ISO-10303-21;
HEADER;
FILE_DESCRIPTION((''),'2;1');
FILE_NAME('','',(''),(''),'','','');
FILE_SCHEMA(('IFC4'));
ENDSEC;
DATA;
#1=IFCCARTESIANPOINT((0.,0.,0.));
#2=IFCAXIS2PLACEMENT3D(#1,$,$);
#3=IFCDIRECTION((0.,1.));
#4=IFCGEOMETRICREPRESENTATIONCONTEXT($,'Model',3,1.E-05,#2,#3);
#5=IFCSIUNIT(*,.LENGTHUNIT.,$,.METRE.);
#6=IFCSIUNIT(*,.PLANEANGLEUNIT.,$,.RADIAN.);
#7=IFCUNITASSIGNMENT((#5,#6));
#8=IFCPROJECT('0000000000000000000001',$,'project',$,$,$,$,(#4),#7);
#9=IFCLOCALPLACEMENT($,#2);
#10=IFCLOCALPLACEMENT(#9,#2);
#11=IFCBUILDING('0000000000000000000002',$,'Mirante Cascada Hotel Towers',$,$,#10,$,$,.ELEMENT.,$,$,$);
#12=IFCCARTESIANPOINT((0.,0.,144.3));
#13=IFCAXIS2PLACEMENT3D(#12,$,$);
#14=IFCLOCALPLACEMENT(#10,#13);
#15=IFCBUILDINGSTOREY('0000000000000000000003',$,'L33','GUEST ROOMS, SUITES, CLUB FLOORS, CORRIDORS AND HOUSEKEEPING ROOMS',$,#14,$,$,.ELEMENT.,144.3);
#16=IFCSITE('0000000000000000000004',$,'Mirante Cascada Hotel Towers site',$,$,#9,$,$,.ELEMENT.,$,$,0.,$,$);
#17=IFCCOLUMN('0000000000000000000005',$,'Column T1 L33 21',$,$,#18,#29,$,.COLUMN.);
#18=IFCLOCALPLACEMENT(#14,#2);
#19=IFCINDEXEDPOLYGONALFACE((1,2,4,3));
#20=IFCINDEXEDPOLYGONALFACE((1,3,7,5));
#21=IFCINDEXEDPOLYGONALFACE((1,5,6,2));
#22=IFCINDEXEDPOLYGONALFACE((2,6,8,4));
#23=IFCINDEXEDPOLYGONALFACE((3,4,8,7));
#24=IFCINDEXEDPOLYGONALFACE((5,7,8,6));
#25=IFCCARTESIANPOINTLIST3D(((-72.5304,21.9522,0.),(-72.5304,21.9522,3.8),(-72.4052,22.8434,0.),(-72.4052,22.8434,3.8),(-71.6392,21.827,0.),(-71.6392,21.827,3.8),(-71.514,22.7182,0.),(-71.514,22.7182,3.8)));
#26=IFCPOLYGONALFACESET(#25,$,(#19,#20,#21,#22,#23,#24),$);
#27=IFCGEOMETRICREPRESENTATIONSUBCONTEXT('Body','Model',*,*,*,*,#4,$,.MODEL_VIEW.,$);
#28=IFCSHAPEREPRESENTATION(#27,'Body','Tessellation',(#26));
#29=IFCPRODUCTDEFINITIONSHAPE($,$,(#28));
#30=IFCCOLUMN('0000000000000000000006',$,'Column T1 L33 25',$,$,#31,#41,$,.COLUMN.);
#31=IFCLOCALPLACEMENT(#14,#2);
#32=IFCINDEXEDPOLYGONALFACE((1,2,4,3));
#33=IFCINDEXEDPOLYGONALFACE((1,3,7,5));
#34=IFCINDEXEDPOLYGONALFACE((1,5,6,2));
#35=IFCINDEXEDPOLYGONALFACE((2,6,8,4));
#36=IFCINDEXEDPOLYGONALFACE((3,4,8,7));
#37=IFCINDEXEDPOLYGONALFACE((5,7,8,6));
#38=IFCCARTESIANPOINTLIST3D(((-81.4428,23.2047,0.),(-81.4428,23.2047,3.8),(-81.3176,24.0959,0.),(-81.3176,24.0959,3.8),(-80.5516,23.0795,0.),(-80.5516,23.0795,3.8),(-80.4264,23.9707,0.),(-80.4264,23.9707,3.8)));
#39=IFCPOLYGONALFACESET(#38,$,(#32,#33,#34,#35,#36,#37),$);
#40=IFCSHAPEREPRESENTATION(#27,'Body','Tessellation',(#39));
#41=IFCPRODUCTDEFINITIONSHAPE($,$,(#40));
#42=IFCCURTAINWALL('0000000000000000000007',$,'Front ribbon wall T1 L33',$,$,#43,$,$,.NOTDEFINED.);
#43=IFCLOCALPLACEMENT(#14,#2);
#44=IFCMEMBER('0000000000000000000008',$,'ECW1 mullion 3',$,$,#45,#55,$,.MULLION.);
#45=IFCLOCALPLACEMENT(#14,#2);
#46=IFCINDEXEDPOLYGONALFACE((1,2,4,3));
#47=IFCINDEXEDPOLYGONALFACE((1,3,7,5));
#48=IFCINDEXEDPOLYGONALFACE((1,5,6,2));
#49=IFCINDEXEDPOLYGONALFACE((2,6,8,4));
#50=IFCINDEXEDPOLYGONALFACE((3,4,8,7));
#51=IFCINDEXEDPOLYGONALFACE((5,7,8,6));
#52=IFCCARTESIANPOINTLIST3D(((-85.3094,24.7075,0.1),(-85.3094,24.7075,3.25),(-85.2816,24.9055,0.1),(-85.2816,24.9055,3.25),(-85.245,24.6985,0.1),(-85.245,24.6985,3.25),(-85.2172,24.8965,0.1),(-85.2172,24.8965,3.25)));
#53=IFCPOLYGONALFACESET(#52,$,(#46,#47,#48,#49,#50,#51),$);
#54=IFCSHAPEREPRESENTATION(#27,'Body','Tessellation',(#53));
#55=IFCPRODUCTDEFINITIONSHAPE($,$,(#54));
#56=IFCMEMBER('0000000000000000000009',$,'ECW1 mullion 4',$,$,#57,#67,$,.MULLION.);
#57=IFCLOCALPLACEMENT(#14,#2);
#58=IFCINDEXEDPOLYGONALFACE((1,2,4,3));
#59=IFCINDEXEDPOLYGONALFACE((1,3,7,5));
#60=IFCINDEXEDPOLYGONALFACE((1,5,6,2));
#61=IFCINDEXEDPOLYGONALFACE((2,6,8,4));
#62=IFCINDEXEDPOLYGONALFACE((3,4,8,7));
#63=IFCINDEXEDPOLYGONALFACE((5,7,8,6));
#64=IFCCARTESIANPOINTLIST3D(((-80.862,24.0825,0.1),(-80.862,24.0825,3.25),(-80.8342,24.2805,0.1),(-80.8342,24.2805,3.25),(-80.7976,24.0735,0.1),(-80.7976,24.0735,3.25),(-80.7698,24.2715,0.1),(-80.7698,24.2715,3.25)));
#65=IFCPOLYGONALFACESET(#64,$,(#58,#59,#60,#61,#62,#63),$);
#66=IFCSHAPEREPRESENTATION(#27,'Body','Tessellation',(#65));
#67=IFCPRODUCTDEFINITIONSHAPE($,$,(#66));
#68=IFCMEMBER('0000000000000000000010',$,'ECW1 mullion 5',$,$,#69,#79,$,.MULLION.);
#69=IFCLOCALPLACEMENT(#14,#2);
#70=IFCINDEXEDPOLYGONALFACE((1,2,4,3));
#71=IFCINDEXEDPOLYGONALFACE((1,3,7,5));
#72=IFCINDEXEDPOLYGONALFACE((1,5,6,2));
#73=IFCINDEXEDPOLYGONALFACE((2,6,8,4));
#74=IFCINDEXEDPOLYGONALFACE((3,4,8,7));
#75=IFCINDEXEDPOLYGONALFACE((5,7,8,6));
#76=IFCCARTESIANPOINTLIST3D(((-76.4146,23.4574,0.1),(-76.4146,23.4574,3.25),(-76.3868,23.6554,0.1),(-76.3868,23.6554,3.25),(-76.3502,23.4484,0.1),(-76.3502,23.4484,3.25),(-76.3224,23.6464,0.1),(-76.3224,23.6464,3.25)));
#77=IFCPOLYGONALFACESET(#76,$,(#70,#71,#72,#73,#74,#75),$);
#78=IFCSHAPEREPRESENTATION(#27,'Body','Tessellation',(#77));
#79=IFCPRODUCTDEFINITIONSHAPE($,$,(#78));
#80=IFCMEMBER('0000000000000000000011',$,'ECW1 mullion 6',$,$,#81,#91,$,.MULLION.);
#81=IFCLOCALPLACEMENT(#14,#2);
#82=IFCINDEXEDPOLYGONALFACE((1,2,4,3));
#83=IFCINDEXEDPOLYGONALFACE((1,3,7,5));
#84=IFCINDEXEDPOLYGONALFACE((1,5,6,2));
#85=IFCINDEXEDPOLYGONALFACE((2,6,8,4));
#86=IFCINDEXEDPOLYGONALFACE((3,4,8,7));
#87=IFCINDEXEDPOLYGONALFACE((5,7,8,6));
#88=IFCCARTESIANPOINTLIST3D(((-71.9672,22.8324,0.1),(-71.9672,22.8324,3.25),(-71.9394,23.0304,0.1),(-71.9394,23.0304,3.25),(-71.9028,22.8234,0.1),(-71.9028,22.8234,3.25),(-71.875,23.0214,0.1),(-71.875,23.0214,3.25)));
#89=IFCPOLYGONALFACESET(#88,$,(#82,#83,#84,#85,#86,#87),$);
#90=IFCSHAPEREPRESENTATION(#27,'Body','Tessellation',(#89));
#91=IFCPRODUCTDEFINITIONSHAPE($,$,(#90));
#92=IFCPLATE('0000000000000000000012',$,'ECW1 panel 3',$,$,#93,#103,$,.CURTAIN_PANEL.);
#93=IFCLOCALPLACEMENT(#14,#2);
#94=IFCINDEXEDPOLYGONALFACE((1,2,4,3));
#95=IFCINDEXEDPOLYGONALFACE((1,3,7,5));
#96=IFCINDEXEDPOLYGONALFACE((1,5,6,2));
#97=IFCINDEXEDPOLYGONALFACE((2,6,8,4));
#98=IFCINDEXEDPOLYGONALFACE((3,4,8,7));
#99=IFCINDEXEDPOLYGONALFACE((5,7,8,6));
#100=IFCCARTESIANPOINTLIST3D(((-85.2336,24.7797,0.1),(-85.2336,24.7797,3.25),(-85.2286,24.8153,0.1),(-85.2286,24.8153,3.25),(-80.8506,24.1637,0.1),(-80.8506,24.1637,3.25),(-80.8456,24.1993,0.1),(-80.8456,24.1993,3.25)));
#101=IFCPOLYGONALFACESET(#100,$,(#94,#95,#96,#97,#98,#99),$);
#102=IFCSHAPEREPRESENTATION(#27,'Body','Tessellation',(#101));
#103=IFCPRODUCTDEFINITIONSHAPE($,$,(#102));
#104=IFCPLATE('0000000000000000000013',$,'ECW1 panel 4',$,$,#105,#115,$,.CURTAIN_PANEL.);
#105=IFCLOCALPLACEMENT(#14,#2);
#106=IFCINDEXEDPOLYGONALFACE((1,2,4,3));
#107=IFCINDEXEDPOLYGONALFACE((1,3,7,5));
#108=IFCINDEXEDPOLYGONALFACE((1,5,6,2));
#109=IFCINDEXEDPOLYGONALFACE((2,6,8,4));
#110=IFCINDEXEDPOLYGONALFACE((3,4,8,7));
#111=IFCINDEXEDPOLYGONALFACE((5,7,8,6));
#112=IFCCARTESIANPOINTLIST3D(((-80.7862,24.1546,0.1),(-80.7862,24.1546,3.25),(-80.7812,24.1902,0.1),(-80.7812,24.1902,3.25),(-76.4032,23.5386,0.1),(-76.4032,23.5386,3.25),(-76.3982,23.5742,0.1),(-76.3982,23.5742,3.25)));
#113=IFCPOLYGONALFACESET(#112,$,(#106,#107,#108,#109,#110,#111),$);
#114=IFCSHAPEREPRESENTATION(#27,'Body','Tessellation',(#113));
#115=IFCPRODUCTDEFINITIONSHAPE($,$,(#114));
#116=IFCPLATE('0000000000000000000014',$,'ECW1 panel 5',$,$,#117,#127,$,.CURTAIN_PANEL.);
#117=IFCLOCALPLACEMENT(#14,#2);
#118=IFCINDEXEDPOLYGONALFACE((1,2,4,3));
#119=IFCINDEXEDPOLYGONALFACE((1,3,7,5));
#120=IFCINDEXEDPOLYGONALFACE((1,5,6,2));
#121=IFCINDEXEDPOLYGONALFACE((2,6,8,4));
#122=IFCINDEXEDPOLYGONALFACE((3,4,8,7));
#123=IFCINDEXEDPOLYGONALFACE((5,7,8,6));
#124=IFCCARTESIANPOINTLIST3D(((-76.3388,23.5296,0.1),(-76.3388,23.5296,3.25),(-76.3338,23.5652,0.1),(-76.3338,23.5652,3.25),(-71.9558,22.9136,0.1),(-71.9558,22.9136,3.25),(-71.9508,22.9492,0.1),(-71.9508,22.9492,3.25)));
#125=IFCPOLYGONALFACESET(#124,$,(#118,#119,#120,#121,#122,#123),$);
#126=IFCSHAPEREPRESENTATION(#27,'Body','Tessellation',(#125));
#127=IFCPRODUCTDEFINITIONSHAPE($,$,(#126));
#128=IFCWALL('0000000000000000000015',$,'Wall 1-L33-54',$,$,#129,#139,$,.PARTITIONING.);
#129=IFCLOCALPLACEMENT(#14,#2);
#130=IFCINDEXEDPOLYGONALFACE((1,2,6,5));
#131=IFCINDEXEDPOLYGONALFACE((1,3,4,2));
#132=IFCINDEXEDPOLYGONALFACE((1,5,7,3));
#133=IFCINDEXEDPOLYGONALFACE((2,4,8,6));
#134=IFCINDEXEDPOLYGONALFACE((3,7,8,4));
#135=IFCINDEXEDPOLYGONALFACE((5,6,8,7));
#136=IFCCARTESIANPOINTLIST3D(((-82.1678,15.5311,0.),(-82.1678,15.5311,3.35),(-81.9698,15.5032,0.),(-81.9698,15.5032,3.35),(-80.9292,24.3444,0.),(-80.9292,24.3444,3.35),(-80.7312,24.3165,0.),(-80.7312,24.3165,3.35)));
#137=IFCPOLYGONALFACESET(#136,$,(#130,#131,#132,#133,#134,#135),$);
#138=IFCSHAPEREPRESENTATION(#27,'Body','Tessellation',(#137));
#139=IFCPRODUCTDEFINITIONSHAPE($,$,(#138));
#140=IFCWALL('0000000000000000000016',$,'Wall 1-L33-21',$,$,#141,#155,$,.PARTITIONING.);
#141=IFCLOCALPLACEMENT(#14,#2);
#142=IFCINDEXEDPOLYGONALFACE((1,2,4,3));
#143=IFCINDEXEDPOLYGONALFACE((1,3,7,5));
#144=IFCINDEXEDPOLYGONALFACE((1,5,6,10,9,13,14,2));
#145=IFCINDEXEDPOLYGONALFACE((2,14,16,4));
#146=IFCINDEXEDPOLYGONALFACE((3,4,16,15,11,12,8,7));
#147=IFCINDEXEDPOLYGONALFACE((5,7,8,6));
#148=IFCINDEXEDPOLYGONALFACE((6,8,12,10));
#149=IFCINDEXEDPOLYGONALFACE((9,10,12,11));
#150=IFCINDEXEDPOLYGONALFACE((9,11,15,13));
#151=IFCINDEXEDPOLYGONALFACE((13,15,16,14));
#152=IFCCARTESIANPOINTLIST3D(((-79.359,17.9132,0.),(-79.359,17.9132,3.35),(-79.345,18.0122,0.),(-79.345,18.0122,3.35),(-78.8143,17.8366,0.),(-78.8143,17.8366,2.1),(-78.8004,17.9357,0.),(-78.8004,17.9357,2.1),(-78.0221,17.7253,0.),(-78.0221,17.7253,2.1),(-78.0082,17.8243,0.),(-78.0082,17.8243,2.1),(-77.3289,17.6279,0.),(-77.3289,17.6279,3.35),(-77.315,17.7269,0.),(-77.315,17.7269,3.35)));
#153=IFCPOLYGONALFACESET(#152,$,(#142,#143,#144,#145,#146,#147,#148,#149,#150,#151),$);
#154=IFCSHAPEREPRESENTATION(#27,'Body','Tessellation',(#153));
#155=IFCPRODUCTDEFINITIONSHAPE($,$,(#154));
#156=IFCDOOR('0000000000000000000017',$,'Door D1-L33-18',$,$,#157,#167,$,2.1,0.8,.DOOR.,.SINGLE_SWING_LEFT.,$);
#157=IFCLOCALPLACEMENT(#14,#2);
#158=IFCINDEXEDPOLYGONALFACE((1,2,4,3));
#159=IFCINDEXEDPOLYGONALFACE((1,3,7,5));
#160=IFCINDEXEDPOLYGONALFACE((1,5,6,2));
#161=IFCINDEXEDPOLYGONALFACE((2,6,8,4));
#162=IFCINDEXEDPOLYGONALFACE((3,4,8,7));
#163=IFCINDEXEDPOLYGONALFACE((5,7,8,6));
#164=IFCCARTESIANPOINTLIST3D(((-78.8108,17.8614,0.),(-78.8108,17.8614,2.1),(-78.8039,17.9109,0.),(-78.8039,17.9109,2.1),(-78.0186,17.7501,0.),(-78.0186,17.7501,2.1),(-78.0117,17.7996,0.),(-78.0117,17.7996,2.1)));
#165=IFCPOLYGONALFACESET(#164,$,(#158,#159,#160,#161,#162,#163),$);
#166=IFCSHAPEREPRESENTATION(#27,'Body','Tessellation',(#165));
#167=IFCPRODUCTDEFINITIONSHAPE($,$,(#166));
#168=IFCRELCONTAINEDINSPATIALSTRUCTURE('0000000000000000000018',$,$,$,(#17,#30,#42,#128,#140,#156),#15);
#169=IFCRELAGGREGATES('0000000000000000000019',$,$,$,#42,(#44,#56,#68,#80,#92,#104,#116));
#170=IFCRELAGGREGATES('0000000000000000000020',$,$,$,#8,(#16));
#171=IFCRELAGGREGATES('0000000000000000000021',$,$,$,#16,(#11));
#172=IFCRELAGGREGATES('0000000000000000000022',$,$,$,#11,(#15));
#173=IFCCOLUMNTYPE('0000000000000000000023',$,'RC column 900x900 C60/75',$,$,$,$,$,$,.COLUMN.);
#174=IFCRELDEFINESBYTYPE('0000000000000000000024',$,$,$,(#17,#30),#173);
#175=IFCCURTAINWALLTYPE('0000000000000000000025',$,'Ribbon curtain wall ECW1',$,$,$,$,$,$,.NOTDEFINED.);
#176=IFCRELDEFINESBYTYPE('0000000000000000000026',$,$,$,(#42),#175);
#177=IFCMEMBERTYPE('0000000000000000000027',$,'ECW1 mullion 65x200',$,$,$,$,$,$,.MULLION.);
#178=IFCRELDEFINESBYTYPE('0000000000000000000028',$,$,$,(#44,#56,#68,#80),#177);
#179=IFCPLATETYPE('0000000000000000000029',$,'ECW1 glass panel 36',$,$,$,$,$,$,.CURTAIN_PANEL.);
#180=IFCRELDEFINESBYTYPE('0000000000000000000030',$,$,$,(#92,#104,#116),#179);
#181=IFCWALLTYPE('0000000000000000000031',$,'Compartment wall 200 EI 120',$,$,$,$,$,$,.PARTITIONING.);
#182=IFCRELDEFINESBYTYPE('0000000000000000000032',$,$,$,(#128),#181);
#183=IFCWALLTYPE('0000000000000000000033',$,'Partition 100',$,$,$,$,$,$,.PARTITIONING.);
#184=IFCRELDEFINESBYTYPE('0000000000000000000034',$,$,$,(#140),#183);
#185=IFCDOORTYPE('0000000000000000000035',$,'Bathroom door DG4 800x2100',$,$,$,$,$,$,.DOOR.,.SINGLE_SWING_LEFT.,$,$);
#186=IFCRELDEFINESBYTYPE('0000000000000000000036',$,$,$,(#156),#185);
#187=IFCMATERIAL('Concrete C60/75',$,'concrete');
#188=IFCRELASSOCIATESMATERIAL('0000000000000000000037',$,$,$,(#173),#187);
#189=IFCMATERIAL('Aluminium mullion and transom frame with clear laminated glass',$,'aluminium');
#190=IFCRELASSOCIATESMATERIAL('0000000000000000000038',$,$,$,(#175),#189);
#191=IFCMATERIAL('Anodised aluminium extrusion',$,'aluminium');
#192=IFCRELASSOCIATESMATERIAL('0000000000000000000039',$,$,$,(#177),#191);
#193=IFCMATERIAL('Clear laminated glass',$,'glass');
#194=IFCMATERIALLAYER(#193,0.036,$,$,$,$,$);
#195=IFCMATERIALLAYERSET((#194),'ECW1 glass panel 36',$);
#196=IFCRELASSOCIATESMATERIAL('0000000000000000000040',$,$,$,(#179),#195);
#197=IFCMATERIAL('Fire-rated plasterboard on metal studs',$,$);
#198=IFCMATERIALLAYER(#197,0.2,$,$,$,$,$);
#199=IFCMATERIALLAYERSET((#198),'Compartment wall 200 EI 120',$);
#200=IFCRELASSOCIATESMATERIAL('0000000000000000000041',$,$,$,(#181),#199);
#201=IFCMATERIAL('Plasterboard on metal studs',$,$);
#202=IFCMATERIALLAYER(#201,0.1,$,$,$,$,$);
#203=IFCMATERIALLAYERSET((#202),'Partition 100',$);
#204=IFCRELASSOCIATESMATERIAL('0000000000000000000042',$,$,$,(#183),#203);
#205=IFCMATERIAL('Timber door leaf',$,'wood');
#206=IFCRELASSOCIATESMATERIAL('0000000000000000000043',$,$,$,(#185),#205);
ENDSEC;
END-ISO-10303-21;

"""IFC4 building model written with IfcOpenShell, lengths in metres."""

from ifc_helpers import new_model, si_unit, direction, frame, frame_2d, origin, origin_2d, place, context, subcontext, project, spatial, rectangle, extrude, material, layer, layer_set, material_profile, profile_set, type_object, element, fill, aggregate, save


model = new_model("IFC4")

# Units and contexts
model_context = context("Model", 3, precision=1e-05, world=origin(), true_north=direction((0.0, 1.0)))
body_context = subcontext(model_context, "Body", "Model", "MODEL_VIEW")
ifc_project = project(units=[si_unit("LENGTHUNIT", "METRE"), si_unit("PLANEANGLEUNIT", "RADIAN")], contexts=[model_context])

# Site, building, storey
site_placement = place(None, origin())
site = spatial("IfcSite", under=ifc_project, at=site_placement, Name="Mirante Cascada Hotel Towers site", CompositionType="ELEMENT", RefElevation=0.0)
building_placement = place(site_placement, origin())
building = spatial("IfcBuilding", under=site, at=building_placement, Name="Mirante Cascada Hotel Towers", CompositionType="ELEMENT")
storey_placement = place(building_placement, frame((0.0, 0.0, 144.3)))
storey = spatial("IfcBuildingStorey", under=building, at=storey_placement, Name="L33", Description="GUEST ROOMS, SUITES, CLUB FLOORS, CORRIDORS AND HOUSEKEEPING ROOMS", CompositionType="ELEMENT", Elevation=144.3)

# Columns
ifc_material_1 = material(Name="Concrete C60/75", Category="concrete")
ifc_material_profile_1 = material_profile(ifc_material_1, rectangle(XDim=0.9, YDim=0.9, at=origin_2d()), Name="RC column 900x900 C60/75")
ifc_profile_set_1 = profile_set([ifc_material_profile_1], Name="Concrete C60/75")
column_type = type_object("IfcColumnType", Name="RC column 900x900 C60/75", PredefinedType="COLUMN", material=ifc_profile_set_1)
for number, where, z_axis, x_axis, name in (
    (1, (-72.0222, 22.3352, 0.0), (0.0, 0.0, 1.0), (-0.990268, 0.139173, 0.0), "Column T1 L33 21"),
    (2, (-80.9346, 23.5877, 0.0), (0.0, 0.0, 1.0), (-0.990268, 0.139173, 0.0), "Column T1 L33 25"),
):
    element("IfcColumn", number, at=place(storey_placement, frame(where, z_axis=z_axis, x_axis=x_axis)), inside=storey, type_object=column_type, Name=name, PredefinedType="COLUMN", context=body_context, shape_type="SweptSolid", body=[
        extrude(rectangle(XDim=0.9, YDim=0.9, at=origin_2d()), origin(), (0.0, 0.0, 1.0), 3.8),
    ])

# Curtain wall, members, plates
ifc_material_2 = material(Name="Aluminium mullion and transom frame with clear laminated glass", Category="aluminium")
curtain_wall_type = type_object("IfcCurtainWallType", Name="Ribbon curtain wall ECW1", PredefinedType="NOTDEFINED", material=ifc_material_2)
curtain_wall_placement = place(storey_placement, origin())
curtain_wall = element("IfcCurtainWall", 3, at=curtain_wall_placement, inside=storey, type_object=curtain_wall_type, Name="Front ribbon wall T1 L33", PredefinedType="NOTDEFINED")
ifc_material_3 = material(Name="Anodised aluminium extrusion", Category="aluminium")
ifc_material_profile_2 = material_profile(ifc_material_3, rectangle(XDim=0.2, YDim=0.065, at=origin_2d()), Name="ECW1 MULLION 65x200")
ifc_profile_set_2 = profile_set([ifc_material_profile_2], Name="Anodised aluminium extrusion")
member_type = type_object("IfcMemberType", Name="ECW1 mullion 65x200", PredefinedType="MULLION", material=ifc_profile_set_2)
member_1_placement = place(storey_placement, frame((-85.2633, 24.802, 0.1), z_axis=(0.0, 0.0, 1.0), x_axis=(0.139173, 0.990268, 0.0)))
member_1 = element("IfcMember", 4, at=member_1_placement, type_object=member_type, Name="ECW1 mullion 3", PredefinedType="MULLION", context=body_context, shape_type="SweptSolid", body=[
    extrude(rectangle(XDim=0.2, YDim=0.065, at=origin_2d()), origin(), (0.0, 0.0, 1.0), 3.15),
])
member_2_placement = place(storey_placement, frame((-80.8159, 24.177, 0.1), z_axis=(0.0, 0.0, 1.0), x_axis=(0.139173, 0.990268, 0.0)))
member_2 = element("IfcMember", 5, at=member_2_placement, type_object=member_type, Name="ECW1 mullion 4", PredefinedType="MULLION", context=body_context, shape_type="SweptSolid", body=[
    extrude(rectangle(XDim=0.2, YDim=0.065, at=origin_2d()), origin(), (0.0, 0.0, 1.0), 3.15),
])
member_3_placement = place(storey_placement, frame((-76.3685, 23.5519, 0.1), z_axis=(0.0, 0.0, 1.0), x_axis=(0.139173, 0.990268, 0.0)))
member_3 = element("IfcMember", 6, at=member_3_placement, type_object=member_type, Name="ECW1 mullion 5", PredefinedType="MULLION", context=body_context, shape_type="SweptSolid", body=[
    extrude(rectangle(XDim=0.2, YDim=0.065, at=origin_2d()), origin(), (0.0, 0.0, 1.0), 3.15),
])
member_4_placement = place(storey_placement, frame((-71.9211, 22.9269, 0.1), z_axis=(0.0, 0.0, 1.0), x_axis=(0.139173, 0.990268, 0.0)))
member_4 = element("IfcMember", 7, at=member_4_placement, type_object=member_type, Name="ECW1 mullion 6", PredefinedType="MULLION", context=body_context, shape_type="SweptSolid", body=[
    extrude(rectangle(XDim=0.2, YDim=0.065, at=origin_2d()), origin(), (0.0, 0.0, 1.0), 3.15),
])
ifc_material_4 = material(Name="Clear laminated glass", Category="glass")
ifc_layer_1 = layer(ifc_material_4, 0.036)
ifc_layer_set_1 = layer_set([ifc_layer_1], Name="ECW1 glass panel 36")
plate_type = type_object("IfcPlateType", Name="ECW1 glass panel 36", PredefinedType="CURTAIN_PANEL", material=ifc_layer_set_1)
plate_1_placement = place(storey_placement, frame((-83.0396, 24.4895, 0.1), z_axis=(0.0, 0.0, 1.0), x_axis=(0.990268, -0.139173, 0.0)))
plate_1 = element("IfcPlate", 8, at=plate_1_placement, type_object=plate_type, Name="ECW1 panel 3", PredefinedType="CURTAIN_PANEL", context=body_context, shape_type="SweptSolid", body=[
    extrude(rectangle(XDim=4.4261, YDim=0.036, at=origin_2d()), origin(), (0.0, 0.0, 1.0), 3.15),
])
plate_2_placement = place(storey_placement, frame((-78.5922, 23.8644, 0.1), z_axis=(0.0, 0.0, 1.0), x_axis=(0.990268, -0.139173, 0.0)))
plate_2 = element("IfcPlate", 9, at=plate_2_placement, type_object=plate_type, Name="ECW1 panel 4", PredefinedType="CURTAIN_PANEL", context=body_context, shape_type="SweptSolid", body=[
    extrude(rectangle(XDim=4.4261, YDim=0.036, at=origin_2d()), origin(), (0.0, 0.0, 1.0), 3.15),
])
plate_3_placement = place(storey_placement, frame((-74.1448, 23.2394, 0.1), z_axis=(0.0, 0.0, 1.0), x_axis=(0.990268, -0.139173, 0.0)))
plate_3 = element("IfcPlate", 10, at=plate_3_placement, type_object=plate_type, Name="ECW1 panel 5", PredefinedType="CURTAIN_PANEL", context=body_context, shape_type="SweptSolid", body=[
    extrude(rectangle(XDim=4.4261, YDim=0.036, at=origin_2d()), origin(), (0.0, 0.0, 1.0), 3.15),
])
aggregate(curtain_wall, [member_1, member_2, member_3, member_4, plate_1, plate_2, plate_3])

# Wall
ifc_material_5 = material(Name="Fire-rated plasterboard on metal studs")
ifc_layer_2 = layer(ifc_material_5, 0.2)
ifc_layer_set_2 = layer_set([ifc_layer_2], Name="Compartment wall 200 EI 120")
wall_type_1 = type_object("IfcWallType", Name="Compartment wall 200 EI 120", PredefinedType="PARTITIONING", material=ifc_layer_set_2)
wall_1_placement = place(storey_placement, frame((-82.0688, 15.5171, 0.0), z_axis=(0.0, 0.0, 1.0), x_axis=(0.13917, 0.990268, 0.0)))
element("IfcWall", 11, at=wall_1_placement, inside=storey, type_object=wall_type_1, Name="Wall 1-L33-54", PredefinedType="PARTITIONING", context=body_context, shape_type="SweptSolid", body=[
    extrude(rectangle(XDim=8.8999, YDim=0.2, at=frame_2d((4.45, 0.0))), origin(), (0.0, 0.0, 1.0), 3.35),
])

# Wall, opening, door
ifc_material_6 = material(Name="Plasterboard on metal studs")
ifc_layer_3 = layer(ifc_material_6, 0.1)
ifc_layer_set_3 = layer_set([ifc_layer_3], Name="Partition 100")
wall_type_2 = type_object("IfcWallType", Name="Partition 100", PredefinedType="PARTITIONING", material=ifc_layer_set_3)
wall_2_placement = place(storey_placement, frame((-79.352, 17.9627, 0.0), z_axis=(0.0, 0.0, 1.0), x_axis=(0.990268, -0.139174, 0.0)))
wall_2 = element("IfcWall", 12, at=wall_2_placement, inside=storey, type_object=wall_type_2, Name="Wall 1-L33-21", PredefinedType="PARTITIONING", context=body_context, shape_type="SweptSolid", body=[
    extrude(rectangle(XDim=2.05, YDim=0.1, at=frame_2d((1.025, 0.0))), origin(), (0.0, 0.0, 1.0), 3.35),
])
opening_1_placement = place(wall_2_placement, frame((0.55, 0.0, 0.0)))
opening_1 = element("IfcOpeningElement", 13, at=opening_1_placement, cuts=wall_2, PredefinedType="OPENING", context=body_context, shape_type="SweptSolid", body=[
    extrude(rectangle(XDim=0.8, YDim=2.1, at=frame_2d((0.4, 1.05))), frame((0.0, 0.05, 0.0), z_axis=(0.0, -1.0, 0.0), x_axis=(1.0, 0.0, 0.0)), (0.0, 0.0, 1.0), 0.1),
])
ifc_material_7 = material(Name="Timber door leaf", Category="wood")
door_type_1 = type_object("IfcDoorType", Name="Bathroom door DG4 800x2100", OperationType="SINGLE_SWING_LEFT", PredefinedType="DOOR", material=ifc_material_7)
door_1_placement = place(opening_1_placement, origin())
door_1 = element("IfcDoor", 14, at=door_1_placement, inside=storey, type_object=door_type_1, Name="Door D1-L33-18", OperationType="SINGLE_SWING_LEFT", OverallHeight=2.1, OverallWidth=0.8, PredefinedType="DOOR", context=body_context, shape_type="SweptSolid", body=[
    extrude(rectangle(XDim=0.8, YDim=2.1, at=frame_2d((0.4, 1.05))), frame((0.0, 0.025, 0.0), z_axis=(0.0, -1.0, 0.0), x_axis=(1.0, 0.0, 0.0)), (0.0, 0.0, 1.0), 0.05),
])
fill(opening_1, door_1)

save(model, "model.ifc")
